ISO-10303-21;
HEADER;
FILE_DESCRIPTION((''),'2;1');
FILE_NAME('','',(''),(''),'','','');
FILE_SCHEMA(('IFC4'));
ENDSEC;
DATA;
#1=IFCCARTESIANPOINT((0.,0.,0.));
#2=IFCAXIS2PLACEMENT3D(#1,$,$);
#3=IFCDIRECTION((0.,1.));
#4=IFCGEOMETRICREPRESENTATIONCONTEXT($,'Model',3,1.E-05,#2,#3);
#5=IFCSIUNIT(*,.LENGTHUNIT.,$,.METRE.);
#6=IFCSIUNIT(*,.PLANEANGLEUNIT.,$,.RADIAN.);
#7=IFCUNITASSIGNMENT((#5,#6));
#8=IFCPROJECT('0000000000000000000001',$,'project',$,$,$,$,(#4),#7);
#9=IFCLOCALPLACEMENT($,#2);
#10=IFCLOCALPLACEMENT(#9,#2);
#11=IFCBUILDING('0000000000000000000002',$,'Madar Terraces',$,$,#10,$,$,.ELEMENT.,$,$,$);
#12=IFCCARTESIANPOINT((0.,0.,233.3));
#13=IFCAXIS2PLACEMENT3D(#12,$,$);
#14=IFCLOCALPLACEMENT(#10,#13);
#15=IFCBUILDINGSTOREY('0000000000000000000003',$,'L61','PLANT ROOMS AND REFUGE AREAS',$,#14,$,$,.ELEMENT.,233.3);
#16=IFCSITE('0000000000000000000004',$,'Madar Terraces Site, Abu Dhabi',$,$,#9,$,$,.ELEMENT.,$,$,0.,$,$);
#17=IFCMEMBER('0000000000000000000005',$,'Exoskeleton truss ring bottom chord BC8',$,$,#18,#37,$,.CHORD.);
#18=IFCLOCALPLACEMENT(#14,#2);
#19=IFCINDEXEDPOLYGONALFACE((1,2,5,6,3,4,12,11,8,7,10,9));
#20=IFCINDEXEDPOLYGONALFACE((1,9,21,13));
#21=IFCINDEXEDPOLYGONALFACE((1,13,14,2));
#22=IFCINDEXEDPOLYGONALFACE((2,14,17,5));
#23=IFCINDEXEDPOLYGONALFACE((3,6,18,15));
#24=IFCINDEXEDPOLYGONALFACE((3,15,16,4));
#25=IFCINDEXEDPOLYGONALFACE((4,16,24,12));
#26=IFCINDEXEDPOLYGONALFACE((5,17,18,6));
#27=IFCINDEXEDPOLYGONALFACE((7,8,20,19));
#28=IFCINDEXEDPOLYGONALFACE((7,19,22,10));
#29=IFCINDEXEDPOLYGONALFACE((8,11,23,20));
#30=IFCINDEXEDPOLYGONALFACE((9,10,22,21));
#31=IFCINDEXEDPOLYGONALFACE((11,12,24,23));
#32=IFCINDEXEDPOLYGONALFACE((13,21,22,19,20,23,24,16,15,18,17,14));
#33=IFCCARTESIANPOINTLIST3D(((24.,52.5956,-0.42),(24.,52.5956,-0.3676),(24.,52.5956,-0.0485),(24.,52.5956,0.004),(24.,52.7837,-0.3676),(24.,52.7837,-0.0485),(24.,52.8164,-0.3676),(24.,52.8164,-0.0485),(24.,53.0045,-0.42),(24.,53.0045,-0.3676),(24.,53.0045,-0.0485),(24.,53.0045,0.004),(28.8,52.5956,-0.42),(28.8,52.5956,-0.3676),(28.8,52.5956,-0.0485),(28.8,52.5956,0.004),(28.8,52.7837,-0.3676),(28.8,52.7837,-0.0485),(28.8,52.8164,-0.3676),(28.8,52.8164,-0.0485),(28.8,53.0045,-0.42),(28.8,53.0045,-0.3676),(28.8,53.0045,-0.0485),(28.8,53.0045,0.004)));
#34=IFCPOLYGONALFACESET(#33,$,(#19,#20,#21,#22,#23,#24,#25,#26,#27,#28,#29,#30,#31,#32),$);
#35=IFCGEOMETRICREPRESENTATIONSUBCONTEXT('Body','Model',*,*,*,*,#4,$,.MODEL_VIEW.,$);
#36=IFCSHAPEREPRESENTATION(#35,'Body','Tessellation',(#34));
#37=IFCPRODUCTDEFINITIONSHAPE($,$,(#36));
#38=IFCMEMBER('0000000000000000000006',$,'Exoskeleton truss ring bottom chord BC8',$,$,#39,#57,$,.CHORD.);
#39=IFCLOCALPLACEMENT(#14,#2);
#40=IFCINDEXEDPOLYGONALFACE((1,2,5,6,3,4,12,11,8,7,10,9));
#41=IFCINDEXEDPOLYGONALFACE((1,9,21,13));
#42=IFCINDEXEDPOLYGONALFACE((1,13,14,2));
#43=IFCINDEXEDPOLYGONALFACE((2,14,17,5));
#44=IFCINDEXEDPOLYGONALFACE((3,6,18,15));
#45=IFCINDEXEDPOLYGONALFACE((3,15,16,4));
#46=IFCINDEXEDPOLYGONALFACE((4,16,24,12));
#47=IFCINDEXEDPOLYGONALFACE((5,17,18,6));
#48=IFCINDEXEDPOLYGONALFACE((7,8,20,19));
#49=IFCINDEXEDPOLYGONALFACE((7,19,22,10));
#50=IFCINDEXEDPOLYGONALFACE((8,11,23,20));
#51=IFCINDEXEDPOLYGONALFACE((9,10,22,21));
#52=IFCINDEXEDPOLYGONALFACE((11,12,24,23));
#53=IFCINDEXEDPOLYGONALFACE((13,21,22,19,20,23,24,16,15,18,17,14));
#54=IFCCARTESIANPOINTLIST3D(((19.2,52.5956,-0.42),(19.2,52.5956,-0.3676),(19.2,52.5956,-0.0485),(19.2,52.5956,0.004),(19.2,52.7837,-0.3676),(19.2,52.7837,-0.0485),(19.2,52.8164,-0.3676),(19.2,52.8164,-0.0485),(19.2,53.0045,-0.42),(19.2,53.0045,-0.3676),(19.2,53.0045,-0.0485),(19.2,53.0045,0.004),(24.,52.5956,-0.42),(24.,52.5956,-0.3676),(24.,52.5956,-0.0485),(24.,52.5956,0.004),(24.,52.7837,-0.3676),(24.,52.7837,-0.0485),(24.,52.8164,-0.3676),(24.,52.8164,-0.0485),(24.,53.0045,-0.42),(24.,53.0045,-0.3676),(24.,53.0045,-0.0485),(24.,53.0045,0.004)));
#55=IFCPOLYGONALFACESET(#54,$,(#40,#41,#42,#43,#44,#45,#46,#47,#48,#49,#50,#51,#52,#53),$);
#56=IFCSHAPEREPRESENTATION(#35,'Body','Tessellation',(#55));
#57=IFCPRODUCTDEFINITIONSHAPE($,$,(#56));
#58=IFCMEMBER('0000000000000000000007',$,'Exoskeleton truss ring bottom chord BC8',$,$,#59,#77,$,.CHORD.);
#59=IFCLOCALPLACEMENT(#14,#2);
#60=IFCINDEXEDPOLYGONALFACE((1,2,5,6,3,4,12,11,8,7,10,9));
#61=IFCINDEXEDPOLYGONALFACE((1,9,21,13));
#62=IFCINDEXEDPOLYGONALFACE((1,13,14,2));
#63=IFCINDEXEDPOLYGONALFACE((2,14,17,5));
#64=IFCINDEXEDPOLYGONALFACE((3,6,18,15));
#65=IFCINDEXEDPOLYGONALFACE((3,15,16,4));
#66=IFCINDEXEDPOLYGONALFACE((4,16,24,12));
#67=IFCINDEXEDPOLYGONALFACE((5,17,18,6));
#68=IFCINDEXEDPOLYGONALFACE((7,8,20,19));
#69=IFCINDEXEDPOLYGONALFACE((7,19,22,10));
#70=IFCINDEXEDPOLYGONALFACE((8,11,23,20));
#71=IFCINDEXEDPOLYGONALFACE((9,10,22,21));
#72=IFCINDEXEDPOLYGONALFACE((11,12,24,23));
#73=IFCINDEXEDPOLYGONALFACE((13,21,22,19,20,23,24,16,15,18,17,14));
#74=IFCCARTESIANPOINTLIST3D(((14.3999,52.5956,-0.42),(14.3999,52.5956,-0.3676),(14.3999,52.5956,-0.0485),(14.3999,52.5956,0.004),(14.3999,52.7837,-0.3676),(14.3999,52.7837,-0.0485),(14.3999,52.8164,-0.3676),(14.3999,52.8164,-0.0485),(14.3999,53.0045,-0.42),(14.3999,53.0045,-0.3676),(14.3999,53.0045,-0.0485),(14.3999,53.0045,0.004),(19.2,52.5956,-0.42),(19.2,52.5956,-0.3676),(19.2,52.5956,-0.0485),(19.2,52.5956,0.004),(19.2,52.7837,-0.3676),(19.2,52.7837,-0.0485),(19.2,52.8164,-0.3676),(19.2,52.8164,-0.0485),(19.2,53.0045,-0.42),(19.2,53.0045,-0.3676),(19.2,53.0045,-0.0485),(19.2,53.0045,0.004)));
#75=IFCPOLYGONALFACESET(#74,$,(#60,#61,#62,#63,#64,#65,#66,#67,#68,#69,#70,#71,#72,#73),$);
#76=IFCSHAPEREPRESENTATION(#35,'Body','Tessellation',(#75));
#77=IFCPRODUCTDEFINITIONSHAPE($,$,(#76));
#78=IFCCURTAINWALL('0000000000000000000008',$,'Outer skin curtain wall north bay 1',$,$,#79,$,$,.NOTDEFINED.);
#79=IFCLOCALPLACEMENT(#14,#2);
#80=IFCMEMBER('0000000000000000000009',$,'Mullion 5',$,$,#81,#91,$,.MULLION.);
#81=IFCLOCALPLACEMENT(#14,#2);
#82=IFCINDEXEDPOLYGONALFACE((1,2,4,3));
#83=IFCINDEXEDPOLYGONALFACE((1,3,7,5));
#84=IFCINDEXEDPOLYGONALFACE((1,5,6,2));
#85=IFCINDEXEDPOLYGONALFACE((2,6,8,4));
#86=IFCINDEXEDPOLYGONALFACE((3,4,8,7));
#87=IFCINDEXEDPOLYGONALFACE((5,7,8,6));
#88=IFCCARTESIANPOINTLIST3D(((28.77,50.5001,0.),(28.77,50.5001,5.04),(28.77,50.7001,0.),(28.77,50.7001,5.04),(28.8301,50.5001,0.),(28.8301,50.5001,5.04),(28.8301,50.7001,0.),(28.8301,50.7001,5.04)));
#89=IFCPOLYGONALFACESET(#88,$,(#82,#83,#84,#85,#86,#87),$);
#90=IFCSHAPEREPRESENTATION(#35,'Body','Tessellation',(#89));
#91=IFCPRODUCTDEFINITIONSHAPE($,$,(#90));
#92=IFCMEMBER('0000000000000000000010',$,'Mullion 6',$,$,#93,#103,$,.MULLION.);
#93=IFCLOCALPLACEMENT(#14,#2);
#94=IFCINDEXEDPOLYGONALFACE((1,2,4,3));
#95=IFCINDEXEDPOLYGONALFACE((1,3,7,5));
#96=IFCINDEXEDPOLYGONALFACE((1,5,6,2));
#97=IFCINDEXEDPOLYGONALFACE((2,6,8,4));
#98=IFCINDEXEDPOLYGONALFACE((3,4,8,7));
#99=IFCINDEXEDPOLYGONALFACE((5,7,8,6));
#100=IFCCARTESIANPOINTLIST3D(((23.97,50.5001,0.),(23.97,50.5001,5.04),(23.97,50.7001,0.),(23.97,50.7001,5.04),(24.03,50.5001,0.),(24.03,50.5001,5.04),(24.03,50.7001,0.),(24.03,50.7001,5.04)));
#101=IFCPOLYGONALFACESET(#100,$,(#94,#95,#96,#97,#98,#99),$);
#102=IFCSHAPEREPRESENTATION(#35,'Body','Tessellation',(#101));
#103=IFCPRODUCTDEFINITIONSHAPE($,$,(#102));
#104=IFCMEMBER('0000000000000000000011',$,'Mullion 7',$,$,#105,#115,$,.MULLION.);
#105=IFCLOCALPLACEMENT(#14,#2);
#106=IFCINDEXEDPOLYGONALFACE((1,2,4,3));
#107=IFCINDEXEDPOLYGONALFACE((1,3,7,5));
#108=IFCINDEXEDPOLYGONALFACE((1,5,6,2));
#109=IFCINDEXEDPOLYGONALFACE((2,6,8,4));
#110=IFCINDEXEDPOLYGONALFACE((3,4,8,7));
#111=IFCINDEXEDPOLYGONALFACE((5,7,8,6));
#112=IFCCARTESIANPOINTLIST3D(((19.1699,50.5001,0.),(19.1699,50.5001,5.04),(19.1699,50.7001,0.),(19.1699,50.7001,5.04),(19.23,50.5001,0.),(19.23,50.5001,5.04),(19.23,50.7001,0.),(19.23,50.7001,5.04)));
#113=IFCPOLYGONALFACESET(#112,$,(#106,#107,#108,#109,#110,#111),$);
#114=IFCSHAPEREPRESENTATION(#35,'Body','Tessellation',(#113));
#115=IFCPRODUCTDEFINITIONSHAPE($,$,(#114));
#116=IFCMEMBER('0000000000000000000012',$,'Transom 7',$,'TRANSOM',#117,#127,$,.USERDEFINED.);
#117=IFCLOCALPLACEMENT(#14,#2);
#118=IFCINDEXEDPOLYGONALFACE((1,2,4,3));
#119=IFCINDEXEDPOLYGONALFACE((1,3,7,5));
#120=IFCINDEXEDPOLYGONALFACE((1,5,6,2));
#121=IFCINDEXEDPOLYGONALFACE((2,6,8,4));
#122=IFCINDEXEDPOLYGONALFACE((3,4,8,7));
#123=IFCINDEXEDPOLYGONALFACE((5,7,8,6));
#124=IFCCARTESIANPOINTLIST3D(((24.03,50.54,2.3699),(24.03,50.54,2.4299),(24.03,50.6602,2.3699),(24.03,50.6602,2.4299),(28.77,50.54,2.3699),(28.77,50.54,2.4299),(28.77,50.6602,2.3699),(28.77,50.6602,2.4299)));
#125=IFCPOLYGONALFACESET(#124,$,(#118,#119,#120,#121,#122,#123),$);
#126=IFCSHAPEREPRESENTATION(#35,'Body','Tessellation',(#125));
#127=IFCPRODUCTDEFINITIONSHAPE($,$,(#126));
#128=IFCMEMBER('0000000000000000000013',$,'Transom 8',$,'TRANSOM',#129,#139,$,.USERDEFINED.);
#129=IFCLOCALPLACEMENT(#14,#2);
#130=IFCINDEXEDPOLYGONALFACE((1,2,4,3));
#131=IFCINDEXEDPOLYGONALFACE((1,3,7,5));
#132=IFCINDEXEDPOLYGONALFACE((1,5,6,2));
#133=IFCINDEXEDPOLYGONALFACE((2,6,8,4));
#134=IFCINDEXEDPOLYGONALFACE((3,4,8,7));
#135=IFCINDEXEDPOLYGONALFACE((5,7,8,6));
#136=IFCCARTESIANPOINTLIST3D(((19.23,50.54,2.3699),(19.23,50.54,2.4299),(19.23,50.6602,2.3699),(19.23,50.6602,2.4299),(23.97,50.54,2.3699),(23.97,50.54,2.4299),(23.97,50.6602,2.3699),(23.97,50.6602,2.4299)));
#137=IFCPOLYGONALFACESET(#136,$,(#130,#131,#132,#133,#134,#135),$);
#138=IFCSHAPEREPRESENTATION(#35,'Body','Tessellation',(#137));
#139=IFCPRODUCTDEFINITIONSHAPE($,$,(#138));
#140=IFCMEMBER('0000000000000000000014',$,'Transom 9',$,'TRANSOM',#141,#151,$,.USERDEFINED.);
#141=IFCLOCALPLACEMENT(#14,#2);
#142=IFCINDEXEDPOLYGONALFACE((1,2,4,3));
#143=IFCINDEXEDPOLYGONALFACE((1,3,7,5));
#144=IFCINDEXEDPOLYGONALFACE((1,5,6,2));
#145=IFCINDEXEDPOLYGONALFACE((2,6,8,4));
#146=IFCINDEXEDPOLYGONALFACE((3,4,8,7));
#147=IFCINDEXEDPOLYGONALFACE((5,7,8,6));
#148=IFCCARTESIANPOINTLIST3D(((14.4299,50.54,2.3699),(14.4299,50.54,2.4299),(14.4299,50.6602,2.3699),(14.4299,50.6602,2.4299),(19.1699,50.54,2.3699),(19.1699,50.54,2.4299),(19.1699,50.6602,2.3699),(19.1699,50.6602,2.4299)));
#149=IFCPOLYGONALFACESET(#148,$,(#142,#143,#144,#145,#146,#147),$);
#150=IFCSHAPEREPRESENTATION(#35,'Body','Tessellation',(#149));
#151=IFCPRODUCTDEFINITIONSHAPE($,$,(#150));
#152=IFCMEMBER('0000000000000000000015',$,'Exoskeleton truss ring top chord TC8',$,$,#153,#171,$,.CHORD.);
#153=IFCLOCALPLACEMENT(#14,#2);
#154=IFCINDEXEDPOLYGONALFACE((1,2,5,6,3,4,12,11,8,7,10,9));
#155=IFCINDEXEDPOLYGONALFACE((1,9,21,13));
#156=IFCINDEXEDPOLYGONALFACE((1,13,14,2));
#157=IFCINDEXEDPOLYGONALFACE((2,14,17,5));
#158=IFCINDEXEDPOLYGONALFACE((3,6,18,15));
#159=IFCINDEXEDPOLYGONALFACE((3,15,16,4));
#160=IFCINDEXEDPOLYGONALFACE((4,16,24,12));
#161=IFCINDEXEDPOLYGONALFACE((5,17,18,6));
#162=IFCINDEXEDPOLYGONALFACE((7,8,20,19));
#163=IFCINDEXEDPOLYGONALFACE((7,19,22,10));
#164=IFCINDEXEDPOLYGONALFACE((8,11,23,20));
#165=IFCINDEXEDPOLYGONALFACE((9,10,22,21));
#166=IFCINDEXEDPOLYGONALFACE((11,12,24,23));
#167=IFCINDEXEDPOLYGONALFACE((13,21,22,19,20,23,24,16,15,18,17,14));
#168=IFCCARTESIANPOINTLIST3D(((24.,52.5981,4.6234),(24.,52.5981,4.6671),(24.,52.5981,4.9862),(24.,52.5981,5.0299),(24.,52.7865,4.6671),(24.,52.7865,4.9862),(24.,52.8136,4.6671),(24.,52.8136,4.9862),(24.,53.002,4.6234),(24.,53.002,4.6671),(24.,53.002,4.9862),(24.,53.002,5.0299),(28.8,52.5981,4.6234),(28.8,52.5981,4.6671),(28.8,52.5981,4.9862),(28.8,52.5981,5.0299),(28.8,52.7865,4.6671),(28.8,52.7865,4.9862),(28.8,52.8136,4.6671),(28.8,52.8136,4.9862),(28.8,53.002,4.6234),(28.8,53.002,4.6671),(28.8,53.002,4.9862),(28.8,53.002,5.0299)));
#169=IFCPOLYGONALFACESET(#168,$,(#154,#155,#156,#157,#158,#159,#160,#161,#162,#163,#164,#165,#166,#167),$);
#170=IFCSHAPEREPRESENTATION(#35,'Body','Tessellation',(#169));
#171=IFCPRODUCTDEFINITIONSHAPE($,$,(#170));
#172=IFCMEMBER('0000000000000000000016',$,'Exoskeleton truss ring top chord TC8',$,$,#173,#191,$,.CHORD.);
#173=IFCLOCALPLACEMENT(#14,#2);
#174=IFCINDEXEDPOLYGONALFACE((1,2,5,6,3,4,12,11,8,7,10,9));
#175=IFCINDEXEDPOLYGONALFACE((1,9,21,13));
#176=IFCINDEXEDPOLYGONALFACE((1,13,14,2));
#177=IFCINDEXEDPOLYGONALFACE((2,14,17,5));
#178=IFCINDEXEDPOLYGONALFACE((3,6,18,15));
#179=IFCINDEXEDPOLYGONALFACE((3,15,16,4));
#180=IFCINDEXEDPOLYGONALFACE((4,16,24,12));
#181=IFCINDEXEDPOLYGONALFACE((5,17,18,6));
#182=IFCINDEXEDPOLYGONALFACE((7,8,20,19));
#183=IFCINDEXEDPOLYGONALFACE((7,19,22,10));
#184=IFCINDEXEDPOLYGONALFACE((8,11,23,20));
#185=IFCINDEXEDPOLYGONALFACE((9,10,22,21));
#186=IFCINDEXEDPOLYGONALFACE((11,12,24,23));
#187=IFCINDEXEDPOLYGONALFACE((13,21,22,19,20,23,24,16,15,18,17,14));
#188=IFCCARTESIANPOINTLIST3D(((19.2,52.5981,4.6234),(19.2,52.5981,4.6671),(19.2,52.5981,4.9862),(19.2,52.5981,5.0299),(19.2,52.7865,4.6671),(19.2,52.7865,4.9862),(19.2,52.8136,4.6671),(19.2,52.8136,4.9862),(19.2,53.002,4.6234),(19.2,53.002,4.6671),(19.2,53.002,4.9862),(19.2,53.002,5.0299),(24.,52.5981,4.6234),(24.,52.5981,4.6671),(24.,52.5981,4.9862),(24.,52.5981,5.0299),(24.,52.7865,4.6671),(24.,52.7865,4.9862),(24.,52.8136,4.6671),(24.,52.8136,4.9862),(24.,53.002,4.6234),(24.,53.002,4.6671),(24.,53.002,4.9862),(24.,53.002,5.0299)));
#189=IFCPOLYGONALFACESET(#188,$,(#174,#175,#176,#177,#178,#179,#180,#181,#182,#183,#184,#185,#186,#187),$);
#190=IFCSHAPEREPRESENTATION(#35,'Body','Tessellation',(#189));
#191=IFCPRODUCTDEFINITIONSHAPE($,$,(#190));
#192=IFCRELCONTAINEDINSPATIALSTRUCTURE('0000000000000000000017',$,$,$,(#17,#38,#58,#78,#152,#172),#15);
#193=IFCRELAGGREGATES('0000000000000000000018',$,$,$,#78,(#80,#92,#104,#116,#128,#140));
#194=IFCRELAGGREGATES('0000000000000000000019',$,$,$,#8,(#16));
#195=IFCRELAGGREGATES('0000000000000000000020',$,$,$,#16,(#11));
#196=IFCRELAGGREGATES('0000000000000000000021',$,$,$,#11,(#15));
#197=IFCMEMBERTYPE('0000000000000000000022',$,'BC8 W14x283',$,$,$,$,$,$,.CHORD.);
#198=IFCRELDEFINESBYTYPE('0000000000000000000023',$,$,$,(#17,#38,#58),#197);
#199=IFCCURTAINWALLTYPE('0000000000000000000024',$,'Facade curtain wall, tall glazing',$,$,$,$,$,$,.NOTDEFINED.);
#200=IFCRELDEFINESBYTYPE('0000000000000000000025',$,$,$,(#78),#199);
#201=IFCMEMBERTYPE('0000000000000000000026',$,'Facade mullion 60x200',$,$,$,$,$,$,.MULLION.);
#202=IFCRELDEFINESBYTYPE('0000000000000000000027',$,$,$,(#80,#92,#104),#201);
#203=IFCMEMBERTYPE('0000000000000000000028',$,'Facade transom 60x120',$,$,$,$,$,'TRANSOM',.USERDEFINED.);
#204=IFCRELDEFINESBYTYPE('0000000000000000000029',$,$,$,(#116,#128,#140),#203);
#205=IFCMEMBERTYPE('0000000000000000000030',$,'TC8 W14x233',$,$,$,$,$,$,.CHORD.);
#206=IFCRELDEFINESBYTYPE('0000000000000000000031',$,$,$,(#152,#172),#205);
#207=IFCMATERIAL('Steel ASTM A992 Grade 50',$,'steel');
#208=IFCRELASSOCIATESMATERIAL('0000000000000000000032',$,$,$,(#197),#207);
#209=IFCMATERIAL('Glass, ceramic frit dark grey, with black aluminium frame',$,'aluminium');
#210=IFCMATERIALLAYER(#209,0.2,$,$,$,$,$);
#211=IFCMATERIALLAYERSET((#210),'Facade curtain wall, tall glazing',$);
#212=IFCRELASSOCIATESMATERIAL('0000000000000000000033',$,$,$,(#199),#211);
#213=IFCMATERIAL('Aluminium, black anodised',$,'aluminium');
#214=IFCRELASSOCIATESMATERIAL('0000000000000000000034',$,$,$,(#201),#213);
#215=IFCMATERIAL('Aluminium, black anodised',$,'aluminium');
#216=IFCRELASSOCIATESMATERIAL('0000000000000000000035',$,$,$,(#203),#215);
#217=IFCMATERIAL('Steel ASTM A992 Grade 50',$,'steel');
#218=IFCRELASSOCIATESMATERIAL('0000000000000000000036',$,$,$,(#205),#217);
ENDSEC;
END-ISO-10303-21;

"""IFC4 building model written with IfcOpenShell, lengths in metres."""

from ifc_helpers import new_model, si_unit, direction, frame, origin, origin_2d, place, context, subcontext, project, spatial, rectangle, i_section, extrude, material, layer, layer_set, material_profile, profile_set, type_object, element, aggregate, save


model = new_model("IFC4")

# Units and contexts
model_context = context("Model", 3, precision=1e-05, world=origin(), true_north=direction((0.0, 1.0)))
body_context = subcontext(model_context, "Body", "Model", "MODEL_VIEW")
ifc_project = project(units=[si_unit("LENGTHUNIT", "METRE"), si_unit("PLANEANGLEUNIT", "RADIAN")], contexts=[model_context])

# Site, building, storey
site_placement = place(None, origin())
site = spatial("IfcSite", under=ifc_project, at=site_placement, Name="Madar Terraces Site, Abu Dhabi", CompositionType="ELEMENT", RefElevation=0.0)
building_placement = place(site_placement, origin())
building = spatial("IfcBuilding", under=site, at=building_placement, Name="Madar Terraces", CompositionType="ELEMENT")
storey_placement = place(building_placement, frame((0.0, 0.0, 233.3)))
storey = spatial("IfcBuildingStorey", under=building, at=storey_placement, Name="L61", Description="PLANT ROOMS AND REFUGE AREAS", CompositionType="ELEMENT", Elevation=233.3)

# Members
ifc_material_1 = material(Name="Steel ASTM A992 Grade 50", Category="steel")
ifc_material_profile_1 = material_profile(ifc_material_1, i_section(OverallWidth=0.4089, OverallDepth=0.4241, WebThickness=0.0327, FlangeThickness=0.0525, at=origin_2d()), Name="W14x283")
ifc_profile_set_1 = profile_set([ifc_material_profile_1], Name="Steel ASTM A992 Grade 50")
member_type_1 = type_object("IfcMemberType", Name="BC8 W14x283", PredefinedType="CHORD", material=ifc_profile_set_1)
for number, where, z_axis, x_axis, name in (
    (1, (28.8, 52.8, -0.208), (-1.0, 0.0, 0.0), (0.0, -1.0, 0.0), "Exoskeleton truss ring bottom chord BC8"),
    (2, (24.0, 52.8, -0.208), (-1.0, 0.0, 0.0), (0.0, -1.0, 0.0), "Exoskeleton truss ring bottom chord BC8"),
    (3, (19.2, 52.8, -0.208), (-1.0, 0.0, 0.0), (0.0, -1.0, 0.0), "Exoskeleton truss ring bottom chord BC8"),
):
    element("IfcMember", number, at=place(storey_placement, frame(where, z_axis=z_axis, x_axis=x_axis)), inside=storey, type_object=member_type_1, Name=name, PredefinedType="CHORD", context=body_context, shape_type="SweptSolid", body=[
        extrude(i_section(OverallWidth=0.4089, OverallDepth=0.4241, WebThickness=0.0327, FlangeThickness=0.0525, at=origin_2d()), origin(), (0.0, 0.0, 1.0), 4.8),
    ])

# Curtain wall, members
ifc_material_2 = material(Name="Glass, ceramic frit dark grey, with black aluminium frame", Category="aluminium")
ifc_layer_1 = layer(ifc_material_2, 0.2)
ifc_layer_set_1 = layer_set([ifc_layer_1], Name="Facade curtain wall, tall glazing")
curtain_wall_type = type_object("IfcCurtainWallType", Name="Facade curtain wall, tall glazing", PredefinedType="NOTDEFINED", material=ifc_layer_set_1)
curtain_wall_placement = place(storey_placement, origin())
curtain_wall = element("IfcCurtainWall", 4, at=curtain_wall_placement, inside=storey, type_object=curtain_wall_type, Name="Outer skin curtain wall north bay 1", PredefinedType="NOTDEFINED")
ifc_material_3 = material(Name="Aluminium, black anodised", Category="aluminium")
ifc_material_profile_2 = material_profile(ifc_material_3, rectangle(XDim=0.2, YDim=0.0601, at=origin_2d()), Name="Facade mullion 60x200")
ifc_profile_set_2 = profile_set([ifc_material_profile_2], Name="Aluminium, black anodised")
member_type_2 = type_object("IfcMemberType", Name="Facade mullion 60x200", PredefinedType="MULLION", material=ifc_profile_set_2)
member_1_placement = place(storey_placement, frame((28.8, 50.6001, 0.0), z_axis=(0.0, 0.0, 1.0), x_axis=(0.0, -1.0, 0.0)))
member_1 = element("IfcMember", 5, at=member_1_placement, type_object=member_type_2, Name="Mullion 5", PredefinedType="MULLION", context=body_context, shape_type="SweptSolid", body=[
    extrude(rectangle(XDim=0.2, YDim=0.0601, at=origin_2d()), origin(), (0.0, 0.0, 1.0), 5.04),
])
member_2_placement = place(storey_placement, frame((24.0, 50.6001, 0.0), z_axis=(0.0, 0.0, 1.0), x_axis=(0.0, -1.0, 0.0)))
member_2 = element("IfcMember", 6, at=member_2_placement, type_object=member_type_2, Name="Mullion 6", PredefinedType="MULLION", context=body_context, shape_type="SweptSolid", body=[
    extrude(rectangle(XDim=0.2, YDim=0.0601, at=origin_2d()), origin(), (0.0, 0.0, 1.0), 5.04),
])
member_3_placement = place(storey_placement, frame((19.2, 50.6001, 0.0), z_axis=(0.0, 0.0, 1.0), x_axis=(0.0, -1.0, 0.0)))
member_3 = element("IfcMember", 7, at=member_3_placement, type_object=member_type_2, Name="Mullion 7", PredefinedType="MULLION", context=body_context, shape_type="SweptSolid", body=[
    extrude(rectangle(XDim=0.2, YDim=0.0601, at=origin_2d()), origin(), (0.0, 0.0, 1.0), 5.04),
])
ifc_material_4 = material(Name="Aluminium, black anodised", Category="aluminium")
ifc_material_profile_3 = material_profile(ifc_material_4, rectangle(XDim=0.1201, YDim=0.0601, at=origin_2d()), Name="Facade transom 60x120")
ifc_profile_set_3 = profile_set([ifc_material_profile_3], Name="Aluminium, black anodised")
member_type_3 = type_object("IfcMemberType", Name="Facade transom 60x120", ElementType="TRANSOM", PredefinedType="USERDEFINED", material=ifc_profile_set_3)
member_4_placement = place(storey_placement, frame((28.77, 50.6001, 2.3999), z_axis=(-1.0, 0.0, 0.0), x_axis=(0.0, -1.0, 0.0)))
member_4 = element("IfcMember", 8, at=member_4_placement, type_object=member_type_3, Name="Transom 7", ObjectType="TRANSOM", PredefinedType="USERDEFINED", context=body_context, shape_type="SweptSolid", body=[
    extrude(rectangle(XDim=0.1201, YDim=0.0601, at=origin_2d()), origin(), (0.0, 0.0, 1.0), 4.74),
])
member_5_placement = place(storey_placement, frame((23.97, 50.6001, 2.3999), z_axis=(-1.0, 0.0, 0.0), x_axis=(0.0, -1.0, 0.0)))
member_5 = element("IfcMember", 9, at=member_5_placement, type_object=member_type_3, Name="Transom 8", ObjectType="TRANSOM", PredefinedType="USERDEFINED", context=body_context, shape_type="SweptSolid", body=[
    extrude(rectangle(XDim=0.1201, YDim=0.0601, at=origin_2d()), origin(), (0.0, 0.0, 1.0), 4.74),
])
member_6_placement = place(storey_placement, frame((19.1699, 50.6001, 2.3999), z_axis=(-1.0, 0.0, 0.0), x_axis=(0.0, -1.0, 0.0)))
member_6 = element("IfcMember", 10, at=member_6_placement, type_object=member_type_3, Name="Transom 9", ObjectType="TRANSOM", PredefinedType="USERDEFINED", context=body_context, shape_type="SweptSolid", body=[
    extrude(rectangle(XDim=0.1201, YDim=0.0601, at=origin_2d()), origin(), (0.0, 0.0, 1.0), 4.74),
])

# Members
ifc_material_5 = material(Name="Steel ASTM A992 Grade 50", Category="steel")
ifc_material_profile_4 = material_profile(ifc_material_5, i_section(OverallWidth=0.4038, OverallDepth=0.4065, WebThickness=0.0271, FlangeThickness=0.0437, at=origin_2d()), Name="W14x233")
ifc_profile_set_4 = profile_set([ifc_material_profile_4], Name="Steel ASTM A992 Grade 50")
member_type_4 = type_object("IfcMemberType", Name="TC8 W14x233", PredefinedType="CHORD", material=ifc_profile_set_4)
for number, where, z_axis, x_axis, name in (
    (11, (28.8, 52.8, 4.8267), (-1.0, 0.0, 0.0), (0.0, -1.0, 0.0), "Exoskeleton truss ring top chord TC8"),
    (12, (24.0, 52.8, 4.8267), (-1.0, 0.0, 0.0), (0.0, -1.0, 0.0), "Exoskeleton truss ring top chord TC8"),
):
    element("IfcMember", number, at=place(storey_placement, frame(where, z_axis=z_axis, x_axis=x_axis)), inside=storey, type_object=member_type_4, Name=name, PredefinedType="CHORD", context=body_context, shape_type="SweptSolid", body=[
        extrude(i_section(OverallWidth=0.4038, OverallDepth=0.4065, WebThickness=0.0271, FlangeThickness=0.0437, at=origin_2d()), origin(), (0.0, 0.0, 1.0), 4.8),
    ])

aggregate(curtain_wall, [member_1, member_2, member_3, member_4, member_5, member_6])

save(model, "model.ifc")
